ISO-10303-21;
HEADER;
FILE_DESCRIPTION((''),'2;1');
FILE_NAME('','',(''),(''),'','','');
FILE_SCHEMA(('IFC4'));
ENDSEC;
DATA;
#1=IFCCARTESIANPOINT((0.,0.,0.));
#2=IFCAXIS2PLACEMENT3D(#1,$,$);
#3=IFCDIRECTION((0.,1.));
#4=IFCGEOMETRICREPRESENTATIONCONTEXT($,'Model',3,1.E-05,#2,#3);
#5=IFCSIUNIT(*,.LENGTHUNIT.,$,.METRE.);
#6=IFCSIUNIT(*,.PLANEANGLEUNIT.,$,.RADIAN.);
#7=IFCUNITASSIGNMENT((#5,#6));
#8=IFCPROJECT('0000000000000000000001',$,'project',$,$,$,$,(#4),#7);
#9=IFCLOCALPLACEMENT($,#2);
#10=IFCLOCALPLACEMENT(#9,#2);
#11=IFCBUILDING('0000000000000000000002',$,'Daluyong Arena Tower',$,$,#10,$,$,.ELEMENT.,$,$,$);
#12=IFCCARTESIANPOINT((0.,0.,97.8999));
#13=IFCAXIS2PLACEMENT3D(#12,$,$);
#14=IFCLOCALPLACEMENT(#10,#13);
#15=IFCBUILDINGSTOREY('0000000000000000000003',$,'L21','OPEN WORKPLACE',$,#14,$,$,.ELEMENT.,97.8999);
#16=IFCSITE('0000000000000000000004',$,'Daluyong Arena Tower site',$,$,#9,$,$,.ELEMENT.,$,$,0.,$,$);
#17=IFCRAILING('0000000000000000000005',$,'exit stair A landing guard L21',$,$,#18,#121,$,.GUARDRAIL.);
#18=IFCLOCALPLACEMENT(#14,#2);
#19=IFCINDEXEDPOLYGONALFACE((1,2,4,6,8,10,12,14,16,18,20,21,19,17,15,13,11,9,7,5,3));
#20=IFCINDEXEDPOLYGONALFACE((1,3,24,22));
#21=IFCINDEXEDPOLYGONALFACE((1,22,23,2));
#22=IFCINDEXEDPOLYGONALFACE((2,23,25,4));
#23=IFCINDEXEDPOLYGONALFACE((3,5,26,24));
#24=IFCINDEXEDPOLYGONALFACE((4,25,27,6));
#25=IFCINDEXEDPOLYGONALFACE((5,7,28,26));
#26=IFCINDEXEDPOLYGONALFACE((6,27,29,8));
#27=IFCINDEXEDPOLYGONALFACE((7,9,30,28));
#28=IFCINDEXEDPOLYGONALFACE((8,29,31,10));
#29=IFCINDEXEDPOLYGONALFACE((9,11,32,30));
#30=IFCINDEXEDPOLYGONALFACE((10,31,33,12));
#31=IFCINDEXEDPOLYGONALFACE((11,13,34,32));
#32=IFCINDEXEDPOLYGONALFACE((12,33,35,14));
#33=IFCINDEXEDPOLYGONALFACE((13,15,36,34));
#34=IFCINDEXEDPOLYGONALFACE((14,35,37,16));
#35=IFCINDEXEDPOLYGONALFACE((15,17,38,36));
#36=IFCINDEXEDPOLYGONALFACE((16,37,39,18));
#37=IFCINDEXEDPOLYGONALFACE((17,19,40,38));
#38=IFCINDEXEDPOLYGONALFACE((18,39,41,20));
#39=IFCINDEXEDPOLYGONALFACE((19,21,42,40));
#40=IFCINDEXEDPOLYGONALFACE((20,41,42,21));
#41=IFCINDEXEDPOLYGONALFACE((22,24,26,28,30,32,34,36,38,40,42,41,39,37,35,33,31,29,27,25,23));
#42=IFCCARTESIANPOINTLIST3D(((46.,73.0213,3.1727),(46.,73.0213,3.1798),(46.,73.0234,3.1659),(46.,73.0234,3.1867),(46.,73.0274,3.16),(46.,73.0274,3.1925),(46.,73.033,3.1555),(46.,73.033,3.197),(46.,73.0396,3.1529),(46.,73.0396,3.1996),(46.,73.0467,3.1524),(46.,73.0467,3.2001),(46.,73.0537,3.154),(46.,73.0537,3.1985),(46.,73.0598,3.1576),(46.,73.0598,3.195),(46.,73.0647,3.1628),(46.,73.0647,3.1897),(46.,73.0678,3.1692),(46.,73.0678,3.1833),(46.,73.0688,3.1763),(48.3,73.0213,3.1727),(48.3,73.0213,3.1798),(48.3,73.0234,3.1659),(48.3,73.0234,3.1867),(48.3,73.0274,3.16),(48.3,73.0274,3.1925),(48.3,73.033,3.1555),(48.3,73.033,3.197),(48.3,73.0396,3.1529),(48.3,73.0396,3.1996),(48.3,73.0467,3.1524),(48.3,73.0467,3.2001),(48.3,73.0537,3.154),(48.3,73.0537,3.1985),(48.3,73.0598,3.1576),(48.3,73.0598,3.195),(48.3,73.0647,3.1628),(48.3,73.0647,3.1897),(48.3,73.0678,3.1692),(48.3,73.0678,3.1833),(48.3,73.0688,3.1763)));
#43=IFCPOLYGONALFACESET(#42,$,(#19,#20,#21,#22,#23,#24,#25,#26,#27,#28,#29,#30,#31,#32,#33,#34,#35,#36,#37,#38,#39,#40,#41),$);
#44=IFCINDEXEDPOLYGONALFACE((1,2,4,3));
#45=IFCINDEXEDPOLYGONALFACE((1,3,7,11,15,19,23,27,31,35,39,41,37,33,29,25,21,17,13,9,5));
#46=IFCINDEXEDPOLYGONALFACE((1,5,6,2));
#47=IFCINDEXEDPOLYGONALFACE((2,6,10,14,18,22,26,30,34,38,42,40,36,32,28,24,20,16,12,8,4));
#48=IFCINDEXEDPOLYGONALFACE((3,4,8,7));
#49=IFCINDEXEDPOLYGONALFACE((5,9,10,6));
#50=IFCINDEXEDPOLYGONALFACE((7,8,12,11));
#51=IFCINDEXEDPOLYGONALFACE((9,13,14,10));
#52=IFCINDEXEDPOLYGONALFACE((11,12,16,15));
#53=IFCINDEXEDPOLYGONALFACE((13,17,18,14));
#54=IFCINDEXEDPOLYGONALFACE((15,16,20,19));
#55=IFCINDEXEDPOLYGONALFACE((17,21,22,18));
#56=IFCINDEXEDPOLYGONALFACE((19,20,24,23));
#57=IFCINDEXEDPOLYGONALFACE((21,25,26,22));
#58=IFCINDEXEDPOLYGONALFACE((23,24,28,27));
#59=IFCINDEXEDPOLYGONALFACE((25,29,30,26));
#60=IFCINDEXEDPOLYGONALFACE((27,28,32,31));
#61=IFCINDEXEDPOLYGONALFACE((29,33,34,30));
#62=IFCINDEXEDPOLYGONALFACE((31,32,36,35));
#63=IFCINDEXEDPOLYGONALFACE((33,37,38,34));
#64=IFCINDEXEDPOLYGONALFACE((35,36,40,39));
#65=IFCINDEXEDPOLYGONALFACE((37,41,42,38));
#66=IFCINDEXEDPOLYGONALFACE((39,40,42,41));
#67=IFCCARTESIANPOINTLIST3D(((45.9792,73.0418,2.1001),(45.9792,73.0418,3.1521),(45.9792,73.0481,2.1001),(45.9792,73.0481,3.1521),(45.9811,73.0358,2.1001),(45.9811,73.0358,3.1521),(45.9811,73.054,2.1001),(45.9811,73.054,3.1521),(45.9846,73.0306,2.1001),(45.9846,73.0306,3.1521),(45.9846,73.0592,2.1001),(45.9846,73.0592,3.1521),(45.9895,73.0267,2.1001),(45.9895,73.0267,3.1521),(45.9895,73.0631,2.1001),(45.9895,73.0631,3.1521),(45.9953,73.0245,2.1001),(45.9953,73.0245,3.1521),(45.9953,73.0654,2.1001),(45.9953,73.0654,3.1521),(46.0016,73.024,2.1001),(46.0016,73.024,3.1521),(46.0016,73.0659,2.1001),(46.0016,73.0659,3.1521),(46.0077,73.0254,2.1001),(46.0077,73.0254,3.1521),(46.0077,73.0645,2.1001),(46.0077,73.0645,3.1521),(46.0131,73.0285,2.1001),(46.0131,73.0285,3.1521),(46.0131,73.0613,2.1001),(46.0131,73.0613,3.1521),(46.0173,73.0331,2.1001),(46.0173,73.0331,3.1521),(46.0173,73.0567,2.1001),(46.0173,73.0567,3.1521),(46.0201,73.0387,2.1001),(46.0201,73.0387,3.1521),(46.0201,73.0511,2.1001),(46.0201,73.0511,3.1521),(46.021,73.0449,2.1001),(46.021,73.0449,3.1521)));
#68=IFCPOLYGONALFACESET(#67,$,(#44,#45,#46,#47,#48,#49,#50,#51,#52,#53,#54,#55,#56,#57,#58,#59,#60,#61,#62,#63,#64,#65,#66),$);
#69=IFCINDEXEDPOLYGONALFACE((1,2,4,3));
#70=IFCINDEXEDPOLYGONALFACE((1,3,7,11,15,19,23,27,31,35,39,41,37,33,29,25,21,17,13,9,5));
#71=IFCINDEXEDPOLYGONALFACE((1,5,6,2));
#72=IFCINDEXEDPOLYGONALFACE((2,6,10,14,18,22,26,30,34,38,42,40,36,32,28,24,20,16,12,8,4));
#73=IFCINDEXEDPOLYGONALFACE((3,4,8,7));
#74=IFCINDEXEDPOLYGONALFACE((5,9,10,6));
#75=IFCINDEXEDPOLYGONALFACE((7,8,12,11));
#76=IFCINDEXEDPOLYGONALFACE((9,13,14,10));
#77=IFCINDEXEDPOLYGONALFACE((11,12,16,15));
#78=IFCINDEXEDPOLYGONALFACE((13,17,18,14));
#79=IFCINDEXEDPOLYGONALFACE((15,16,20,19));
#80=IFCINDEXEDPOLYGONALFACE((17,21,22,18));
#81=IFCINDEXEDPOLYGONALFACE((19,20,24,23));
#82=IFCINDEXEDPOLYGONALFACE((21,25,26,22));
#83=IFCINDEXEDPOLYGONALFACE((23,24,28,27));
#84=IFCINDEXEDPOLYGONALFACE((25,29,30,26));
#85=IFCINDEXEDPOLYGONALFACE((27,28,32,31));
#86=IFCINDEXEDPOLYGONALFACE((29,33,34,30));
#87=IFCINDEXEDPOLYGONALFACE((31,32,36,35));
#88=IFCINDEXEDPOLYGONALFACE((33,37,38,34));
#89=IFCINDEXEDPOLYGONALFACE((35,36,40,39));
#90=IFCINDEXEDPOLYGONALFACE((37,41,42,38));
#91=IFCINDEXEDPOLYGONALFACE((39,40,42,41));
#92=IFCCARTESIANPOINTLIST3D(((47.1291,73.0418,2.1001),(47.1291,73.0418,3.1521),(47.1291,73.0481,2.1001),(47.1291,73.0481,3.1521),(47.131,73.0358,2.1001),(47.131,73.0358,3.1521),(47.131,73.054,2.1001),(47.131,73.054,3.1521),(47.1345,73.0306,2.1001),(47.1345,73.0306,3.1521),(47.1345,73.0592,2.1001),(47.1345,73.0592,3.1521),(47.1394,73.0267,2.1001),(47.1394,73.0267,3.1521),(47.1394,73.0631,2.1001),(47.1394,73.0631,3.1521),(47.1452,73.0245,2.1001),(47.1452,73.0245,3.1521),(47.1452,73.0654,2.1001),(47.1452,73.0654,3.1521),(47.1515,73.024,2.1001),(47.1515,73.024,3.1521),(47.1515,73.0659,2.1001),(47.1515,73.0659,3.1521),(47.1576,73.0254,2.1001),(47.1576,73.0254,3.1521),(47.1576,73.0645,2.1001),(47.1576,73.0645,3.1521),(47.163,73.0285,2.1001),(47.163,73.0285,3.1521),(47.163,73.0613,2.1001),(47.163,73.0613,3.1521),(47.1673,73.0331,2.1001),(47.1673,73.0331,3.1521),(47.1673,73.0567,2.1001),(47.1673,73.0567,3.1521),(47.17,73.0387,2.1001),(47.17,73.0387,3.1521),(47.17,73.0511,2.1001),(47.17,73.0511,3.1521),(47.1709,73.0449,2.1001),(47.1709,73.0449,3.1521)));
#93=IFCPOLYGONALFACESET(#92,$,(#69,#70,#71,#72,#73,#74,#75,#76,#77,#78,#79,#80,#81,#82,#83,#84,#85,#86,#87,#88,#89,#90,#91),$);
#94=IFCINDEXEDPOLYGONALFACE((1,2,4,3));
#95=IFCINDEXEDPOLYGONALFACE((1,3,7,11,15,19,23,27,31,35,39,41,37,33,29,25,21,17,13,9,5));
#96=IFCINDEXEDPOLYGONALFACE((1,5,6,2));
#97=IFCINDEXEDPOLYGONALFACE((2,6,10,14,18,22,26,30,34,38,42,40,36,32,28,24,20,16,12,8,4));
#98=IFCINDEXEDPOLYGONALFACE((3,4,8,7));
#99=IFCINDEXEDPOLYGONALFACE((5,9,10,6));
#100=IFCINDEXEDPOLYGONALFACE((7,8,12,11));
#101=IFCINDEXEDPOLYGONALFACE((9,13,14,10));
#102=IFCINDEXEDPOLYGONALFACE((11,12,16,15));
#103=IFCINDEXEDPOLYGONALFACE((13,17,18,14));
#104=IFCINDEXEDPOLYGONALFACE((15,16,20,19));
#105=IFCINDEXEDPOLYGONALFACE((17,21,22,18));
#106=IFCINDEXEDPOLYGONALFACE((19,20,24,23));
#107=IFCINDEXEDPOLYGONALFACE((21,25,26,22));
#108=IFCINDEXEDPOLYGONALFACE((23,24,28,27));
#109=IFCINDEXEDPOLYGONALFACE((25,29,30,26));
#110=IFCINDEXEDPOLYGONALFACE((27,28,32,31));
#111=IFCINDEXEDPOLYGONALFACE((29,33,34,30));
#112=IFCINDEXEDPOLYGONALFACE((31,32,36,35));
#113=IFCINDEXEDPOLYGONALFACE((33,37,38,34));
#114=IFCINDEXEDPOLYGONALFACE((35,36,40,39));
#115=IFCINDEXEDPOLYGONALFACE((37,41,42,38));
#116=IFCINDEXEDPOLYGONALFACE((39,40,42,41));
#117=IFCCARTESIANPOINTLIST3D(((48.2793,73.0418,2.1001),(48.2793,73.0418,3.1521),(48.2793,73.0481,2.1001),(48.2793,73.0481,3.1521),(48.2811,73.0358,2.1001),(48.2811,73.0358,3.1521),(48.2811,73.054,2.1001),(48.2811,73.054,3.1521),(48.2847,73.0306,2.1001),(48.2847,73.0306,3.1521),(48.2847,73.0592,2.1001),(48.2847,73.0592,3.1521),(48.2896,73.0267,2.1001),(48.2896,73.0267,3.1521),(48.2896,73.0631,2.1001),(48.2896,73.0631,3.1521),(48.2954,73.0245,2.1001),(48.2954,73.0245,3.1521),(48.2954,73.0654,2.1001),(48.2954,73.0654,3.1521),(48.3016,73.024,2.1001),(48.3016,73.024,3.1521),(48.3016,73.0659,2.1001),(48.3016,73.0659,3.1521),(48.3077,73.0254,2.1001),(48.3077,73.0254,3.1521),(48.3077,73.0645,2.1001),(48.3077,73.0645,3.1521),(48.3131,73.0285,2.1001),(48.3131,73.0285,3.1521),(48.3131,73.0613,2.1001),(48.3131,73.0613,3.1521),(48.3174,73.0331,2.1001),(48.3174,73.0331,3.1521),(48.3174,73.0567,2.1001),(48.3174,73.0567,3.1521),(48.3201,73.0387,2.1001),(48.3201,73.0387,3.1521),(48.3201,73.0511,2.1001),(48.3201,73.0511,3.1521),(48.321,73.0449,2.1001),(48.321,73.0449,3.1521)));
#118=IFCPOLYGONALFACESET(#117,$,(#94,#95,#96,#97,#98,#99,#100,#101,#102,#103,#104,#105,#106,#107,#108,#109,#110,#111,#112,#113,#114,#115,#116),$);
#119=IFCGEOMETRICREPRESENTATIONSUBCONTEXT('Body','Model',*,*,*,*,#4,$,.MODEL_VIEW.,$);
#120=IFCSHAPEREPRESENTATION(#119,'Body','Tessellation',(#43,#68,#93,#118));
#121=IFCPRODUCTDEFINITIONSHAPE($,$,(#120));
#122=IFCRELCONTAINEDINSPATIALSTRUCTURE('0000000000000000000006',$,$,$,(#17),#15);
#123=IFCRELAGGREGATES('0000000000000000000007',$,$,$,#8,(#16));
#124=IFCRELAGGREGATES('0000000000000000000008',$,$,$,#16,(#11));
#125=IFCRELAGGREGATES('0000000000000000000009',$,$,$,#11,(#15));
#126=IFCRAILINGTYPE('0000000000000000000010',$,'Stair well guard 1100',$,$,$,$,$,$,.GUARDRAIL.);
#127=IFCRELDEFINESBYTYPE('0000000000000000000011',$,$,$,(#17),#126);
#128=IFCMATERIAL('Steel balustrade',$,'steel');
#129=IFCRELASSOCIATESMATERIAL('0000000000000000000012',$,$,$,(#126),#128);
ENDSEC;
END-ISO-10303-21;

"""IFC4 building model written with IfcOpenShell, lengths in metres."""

from ifc_helpers import new_model, si_unit, direction, frame, origin, origin_2d, place, context, subcontext, project, spatial, circle, extrude, material, type_object, element, save


model = new_model("IFC4")

# Units and contexts
model_context = context("Model", 3, precision=1e-05, world=origin(), true_north=direction((0.0, 1.0)))
body_context = subcontext(model_context, "Body", "Model", "MODEL_VIEW")
ifc_project = project(units=[si_unit("LENGTHUNIT", "METRE"), si_unit("PLANEANGLEUNIT", "RADIAN")], contexts=[model_context])

# Site, building, storey
site_placement = place(None, origin())
site = spatial("IfcSite", under=ifc_project, at=site_placement, Name="Daluyong Arena Tower site", CompositionType="ELEMENT", RefElevation=0.0)
building_placement = place(site_placement, origin())
building = spatial("IfcBuilding", under=site, at=building_placement, Name="Daluyong Arena Tower", CompositionType="ELEMENT")
storey_placement = place(building_placement, frame((0.0, 0.0, 97.8999)))
storey = spatial("IfcBuildingStorey", under=building, at=storey_placement, Name="L21", Description="OPEN WORKPLACE", CompositionType="ELEMENT", Elevation=97.8999)

# Railing
ifc_material_1 = material(Name="Steel balustrade", Category="steel")
railing_type_1 = type_object("IfcRailingType", Name="Stair well guard 1100", PredefinedType="GUARDRAIL", material=ifc_material_1)
railing_1_placement = place(storey_placement, frame((46.0, 73.0449, 2.1001)))
element("IfcRailing", 1, at=railing_1_placement, inside=storey, type_object=railing_type_1, Name="exit stair A landing guard L21", PredefinedType="GUARDRAIL", context=body_context, shape_type="SweptSolid", body=[
    extrude(circle(Radius=0.0239, at=origin_2d()), frame((0.0, 0.0, 1.0762), z_axis=(1.0, 0.0, 0.0), x_axis=(0.0, 1.0, 0.0)), (0.0, 0.0, 1.0), 2.3),
    extrude(circle(Radius=0.021, at=origin_2d()), origin(), (0.0, 0.0, 1.0), 1.052),
    extrude(circle(Radius=0.021, at=origin_2d()), frame((1.1499, 0.0, 0.0)), (0.0, 0.0, 1.0), 1.052),
    extrude(circle(Radius=0.021, at=origin_2d()), frame((2.3, 0.0, 0.0)), (0.0, 0.0, 1.0), 1.052),
])

save(model, "model.ifc")
